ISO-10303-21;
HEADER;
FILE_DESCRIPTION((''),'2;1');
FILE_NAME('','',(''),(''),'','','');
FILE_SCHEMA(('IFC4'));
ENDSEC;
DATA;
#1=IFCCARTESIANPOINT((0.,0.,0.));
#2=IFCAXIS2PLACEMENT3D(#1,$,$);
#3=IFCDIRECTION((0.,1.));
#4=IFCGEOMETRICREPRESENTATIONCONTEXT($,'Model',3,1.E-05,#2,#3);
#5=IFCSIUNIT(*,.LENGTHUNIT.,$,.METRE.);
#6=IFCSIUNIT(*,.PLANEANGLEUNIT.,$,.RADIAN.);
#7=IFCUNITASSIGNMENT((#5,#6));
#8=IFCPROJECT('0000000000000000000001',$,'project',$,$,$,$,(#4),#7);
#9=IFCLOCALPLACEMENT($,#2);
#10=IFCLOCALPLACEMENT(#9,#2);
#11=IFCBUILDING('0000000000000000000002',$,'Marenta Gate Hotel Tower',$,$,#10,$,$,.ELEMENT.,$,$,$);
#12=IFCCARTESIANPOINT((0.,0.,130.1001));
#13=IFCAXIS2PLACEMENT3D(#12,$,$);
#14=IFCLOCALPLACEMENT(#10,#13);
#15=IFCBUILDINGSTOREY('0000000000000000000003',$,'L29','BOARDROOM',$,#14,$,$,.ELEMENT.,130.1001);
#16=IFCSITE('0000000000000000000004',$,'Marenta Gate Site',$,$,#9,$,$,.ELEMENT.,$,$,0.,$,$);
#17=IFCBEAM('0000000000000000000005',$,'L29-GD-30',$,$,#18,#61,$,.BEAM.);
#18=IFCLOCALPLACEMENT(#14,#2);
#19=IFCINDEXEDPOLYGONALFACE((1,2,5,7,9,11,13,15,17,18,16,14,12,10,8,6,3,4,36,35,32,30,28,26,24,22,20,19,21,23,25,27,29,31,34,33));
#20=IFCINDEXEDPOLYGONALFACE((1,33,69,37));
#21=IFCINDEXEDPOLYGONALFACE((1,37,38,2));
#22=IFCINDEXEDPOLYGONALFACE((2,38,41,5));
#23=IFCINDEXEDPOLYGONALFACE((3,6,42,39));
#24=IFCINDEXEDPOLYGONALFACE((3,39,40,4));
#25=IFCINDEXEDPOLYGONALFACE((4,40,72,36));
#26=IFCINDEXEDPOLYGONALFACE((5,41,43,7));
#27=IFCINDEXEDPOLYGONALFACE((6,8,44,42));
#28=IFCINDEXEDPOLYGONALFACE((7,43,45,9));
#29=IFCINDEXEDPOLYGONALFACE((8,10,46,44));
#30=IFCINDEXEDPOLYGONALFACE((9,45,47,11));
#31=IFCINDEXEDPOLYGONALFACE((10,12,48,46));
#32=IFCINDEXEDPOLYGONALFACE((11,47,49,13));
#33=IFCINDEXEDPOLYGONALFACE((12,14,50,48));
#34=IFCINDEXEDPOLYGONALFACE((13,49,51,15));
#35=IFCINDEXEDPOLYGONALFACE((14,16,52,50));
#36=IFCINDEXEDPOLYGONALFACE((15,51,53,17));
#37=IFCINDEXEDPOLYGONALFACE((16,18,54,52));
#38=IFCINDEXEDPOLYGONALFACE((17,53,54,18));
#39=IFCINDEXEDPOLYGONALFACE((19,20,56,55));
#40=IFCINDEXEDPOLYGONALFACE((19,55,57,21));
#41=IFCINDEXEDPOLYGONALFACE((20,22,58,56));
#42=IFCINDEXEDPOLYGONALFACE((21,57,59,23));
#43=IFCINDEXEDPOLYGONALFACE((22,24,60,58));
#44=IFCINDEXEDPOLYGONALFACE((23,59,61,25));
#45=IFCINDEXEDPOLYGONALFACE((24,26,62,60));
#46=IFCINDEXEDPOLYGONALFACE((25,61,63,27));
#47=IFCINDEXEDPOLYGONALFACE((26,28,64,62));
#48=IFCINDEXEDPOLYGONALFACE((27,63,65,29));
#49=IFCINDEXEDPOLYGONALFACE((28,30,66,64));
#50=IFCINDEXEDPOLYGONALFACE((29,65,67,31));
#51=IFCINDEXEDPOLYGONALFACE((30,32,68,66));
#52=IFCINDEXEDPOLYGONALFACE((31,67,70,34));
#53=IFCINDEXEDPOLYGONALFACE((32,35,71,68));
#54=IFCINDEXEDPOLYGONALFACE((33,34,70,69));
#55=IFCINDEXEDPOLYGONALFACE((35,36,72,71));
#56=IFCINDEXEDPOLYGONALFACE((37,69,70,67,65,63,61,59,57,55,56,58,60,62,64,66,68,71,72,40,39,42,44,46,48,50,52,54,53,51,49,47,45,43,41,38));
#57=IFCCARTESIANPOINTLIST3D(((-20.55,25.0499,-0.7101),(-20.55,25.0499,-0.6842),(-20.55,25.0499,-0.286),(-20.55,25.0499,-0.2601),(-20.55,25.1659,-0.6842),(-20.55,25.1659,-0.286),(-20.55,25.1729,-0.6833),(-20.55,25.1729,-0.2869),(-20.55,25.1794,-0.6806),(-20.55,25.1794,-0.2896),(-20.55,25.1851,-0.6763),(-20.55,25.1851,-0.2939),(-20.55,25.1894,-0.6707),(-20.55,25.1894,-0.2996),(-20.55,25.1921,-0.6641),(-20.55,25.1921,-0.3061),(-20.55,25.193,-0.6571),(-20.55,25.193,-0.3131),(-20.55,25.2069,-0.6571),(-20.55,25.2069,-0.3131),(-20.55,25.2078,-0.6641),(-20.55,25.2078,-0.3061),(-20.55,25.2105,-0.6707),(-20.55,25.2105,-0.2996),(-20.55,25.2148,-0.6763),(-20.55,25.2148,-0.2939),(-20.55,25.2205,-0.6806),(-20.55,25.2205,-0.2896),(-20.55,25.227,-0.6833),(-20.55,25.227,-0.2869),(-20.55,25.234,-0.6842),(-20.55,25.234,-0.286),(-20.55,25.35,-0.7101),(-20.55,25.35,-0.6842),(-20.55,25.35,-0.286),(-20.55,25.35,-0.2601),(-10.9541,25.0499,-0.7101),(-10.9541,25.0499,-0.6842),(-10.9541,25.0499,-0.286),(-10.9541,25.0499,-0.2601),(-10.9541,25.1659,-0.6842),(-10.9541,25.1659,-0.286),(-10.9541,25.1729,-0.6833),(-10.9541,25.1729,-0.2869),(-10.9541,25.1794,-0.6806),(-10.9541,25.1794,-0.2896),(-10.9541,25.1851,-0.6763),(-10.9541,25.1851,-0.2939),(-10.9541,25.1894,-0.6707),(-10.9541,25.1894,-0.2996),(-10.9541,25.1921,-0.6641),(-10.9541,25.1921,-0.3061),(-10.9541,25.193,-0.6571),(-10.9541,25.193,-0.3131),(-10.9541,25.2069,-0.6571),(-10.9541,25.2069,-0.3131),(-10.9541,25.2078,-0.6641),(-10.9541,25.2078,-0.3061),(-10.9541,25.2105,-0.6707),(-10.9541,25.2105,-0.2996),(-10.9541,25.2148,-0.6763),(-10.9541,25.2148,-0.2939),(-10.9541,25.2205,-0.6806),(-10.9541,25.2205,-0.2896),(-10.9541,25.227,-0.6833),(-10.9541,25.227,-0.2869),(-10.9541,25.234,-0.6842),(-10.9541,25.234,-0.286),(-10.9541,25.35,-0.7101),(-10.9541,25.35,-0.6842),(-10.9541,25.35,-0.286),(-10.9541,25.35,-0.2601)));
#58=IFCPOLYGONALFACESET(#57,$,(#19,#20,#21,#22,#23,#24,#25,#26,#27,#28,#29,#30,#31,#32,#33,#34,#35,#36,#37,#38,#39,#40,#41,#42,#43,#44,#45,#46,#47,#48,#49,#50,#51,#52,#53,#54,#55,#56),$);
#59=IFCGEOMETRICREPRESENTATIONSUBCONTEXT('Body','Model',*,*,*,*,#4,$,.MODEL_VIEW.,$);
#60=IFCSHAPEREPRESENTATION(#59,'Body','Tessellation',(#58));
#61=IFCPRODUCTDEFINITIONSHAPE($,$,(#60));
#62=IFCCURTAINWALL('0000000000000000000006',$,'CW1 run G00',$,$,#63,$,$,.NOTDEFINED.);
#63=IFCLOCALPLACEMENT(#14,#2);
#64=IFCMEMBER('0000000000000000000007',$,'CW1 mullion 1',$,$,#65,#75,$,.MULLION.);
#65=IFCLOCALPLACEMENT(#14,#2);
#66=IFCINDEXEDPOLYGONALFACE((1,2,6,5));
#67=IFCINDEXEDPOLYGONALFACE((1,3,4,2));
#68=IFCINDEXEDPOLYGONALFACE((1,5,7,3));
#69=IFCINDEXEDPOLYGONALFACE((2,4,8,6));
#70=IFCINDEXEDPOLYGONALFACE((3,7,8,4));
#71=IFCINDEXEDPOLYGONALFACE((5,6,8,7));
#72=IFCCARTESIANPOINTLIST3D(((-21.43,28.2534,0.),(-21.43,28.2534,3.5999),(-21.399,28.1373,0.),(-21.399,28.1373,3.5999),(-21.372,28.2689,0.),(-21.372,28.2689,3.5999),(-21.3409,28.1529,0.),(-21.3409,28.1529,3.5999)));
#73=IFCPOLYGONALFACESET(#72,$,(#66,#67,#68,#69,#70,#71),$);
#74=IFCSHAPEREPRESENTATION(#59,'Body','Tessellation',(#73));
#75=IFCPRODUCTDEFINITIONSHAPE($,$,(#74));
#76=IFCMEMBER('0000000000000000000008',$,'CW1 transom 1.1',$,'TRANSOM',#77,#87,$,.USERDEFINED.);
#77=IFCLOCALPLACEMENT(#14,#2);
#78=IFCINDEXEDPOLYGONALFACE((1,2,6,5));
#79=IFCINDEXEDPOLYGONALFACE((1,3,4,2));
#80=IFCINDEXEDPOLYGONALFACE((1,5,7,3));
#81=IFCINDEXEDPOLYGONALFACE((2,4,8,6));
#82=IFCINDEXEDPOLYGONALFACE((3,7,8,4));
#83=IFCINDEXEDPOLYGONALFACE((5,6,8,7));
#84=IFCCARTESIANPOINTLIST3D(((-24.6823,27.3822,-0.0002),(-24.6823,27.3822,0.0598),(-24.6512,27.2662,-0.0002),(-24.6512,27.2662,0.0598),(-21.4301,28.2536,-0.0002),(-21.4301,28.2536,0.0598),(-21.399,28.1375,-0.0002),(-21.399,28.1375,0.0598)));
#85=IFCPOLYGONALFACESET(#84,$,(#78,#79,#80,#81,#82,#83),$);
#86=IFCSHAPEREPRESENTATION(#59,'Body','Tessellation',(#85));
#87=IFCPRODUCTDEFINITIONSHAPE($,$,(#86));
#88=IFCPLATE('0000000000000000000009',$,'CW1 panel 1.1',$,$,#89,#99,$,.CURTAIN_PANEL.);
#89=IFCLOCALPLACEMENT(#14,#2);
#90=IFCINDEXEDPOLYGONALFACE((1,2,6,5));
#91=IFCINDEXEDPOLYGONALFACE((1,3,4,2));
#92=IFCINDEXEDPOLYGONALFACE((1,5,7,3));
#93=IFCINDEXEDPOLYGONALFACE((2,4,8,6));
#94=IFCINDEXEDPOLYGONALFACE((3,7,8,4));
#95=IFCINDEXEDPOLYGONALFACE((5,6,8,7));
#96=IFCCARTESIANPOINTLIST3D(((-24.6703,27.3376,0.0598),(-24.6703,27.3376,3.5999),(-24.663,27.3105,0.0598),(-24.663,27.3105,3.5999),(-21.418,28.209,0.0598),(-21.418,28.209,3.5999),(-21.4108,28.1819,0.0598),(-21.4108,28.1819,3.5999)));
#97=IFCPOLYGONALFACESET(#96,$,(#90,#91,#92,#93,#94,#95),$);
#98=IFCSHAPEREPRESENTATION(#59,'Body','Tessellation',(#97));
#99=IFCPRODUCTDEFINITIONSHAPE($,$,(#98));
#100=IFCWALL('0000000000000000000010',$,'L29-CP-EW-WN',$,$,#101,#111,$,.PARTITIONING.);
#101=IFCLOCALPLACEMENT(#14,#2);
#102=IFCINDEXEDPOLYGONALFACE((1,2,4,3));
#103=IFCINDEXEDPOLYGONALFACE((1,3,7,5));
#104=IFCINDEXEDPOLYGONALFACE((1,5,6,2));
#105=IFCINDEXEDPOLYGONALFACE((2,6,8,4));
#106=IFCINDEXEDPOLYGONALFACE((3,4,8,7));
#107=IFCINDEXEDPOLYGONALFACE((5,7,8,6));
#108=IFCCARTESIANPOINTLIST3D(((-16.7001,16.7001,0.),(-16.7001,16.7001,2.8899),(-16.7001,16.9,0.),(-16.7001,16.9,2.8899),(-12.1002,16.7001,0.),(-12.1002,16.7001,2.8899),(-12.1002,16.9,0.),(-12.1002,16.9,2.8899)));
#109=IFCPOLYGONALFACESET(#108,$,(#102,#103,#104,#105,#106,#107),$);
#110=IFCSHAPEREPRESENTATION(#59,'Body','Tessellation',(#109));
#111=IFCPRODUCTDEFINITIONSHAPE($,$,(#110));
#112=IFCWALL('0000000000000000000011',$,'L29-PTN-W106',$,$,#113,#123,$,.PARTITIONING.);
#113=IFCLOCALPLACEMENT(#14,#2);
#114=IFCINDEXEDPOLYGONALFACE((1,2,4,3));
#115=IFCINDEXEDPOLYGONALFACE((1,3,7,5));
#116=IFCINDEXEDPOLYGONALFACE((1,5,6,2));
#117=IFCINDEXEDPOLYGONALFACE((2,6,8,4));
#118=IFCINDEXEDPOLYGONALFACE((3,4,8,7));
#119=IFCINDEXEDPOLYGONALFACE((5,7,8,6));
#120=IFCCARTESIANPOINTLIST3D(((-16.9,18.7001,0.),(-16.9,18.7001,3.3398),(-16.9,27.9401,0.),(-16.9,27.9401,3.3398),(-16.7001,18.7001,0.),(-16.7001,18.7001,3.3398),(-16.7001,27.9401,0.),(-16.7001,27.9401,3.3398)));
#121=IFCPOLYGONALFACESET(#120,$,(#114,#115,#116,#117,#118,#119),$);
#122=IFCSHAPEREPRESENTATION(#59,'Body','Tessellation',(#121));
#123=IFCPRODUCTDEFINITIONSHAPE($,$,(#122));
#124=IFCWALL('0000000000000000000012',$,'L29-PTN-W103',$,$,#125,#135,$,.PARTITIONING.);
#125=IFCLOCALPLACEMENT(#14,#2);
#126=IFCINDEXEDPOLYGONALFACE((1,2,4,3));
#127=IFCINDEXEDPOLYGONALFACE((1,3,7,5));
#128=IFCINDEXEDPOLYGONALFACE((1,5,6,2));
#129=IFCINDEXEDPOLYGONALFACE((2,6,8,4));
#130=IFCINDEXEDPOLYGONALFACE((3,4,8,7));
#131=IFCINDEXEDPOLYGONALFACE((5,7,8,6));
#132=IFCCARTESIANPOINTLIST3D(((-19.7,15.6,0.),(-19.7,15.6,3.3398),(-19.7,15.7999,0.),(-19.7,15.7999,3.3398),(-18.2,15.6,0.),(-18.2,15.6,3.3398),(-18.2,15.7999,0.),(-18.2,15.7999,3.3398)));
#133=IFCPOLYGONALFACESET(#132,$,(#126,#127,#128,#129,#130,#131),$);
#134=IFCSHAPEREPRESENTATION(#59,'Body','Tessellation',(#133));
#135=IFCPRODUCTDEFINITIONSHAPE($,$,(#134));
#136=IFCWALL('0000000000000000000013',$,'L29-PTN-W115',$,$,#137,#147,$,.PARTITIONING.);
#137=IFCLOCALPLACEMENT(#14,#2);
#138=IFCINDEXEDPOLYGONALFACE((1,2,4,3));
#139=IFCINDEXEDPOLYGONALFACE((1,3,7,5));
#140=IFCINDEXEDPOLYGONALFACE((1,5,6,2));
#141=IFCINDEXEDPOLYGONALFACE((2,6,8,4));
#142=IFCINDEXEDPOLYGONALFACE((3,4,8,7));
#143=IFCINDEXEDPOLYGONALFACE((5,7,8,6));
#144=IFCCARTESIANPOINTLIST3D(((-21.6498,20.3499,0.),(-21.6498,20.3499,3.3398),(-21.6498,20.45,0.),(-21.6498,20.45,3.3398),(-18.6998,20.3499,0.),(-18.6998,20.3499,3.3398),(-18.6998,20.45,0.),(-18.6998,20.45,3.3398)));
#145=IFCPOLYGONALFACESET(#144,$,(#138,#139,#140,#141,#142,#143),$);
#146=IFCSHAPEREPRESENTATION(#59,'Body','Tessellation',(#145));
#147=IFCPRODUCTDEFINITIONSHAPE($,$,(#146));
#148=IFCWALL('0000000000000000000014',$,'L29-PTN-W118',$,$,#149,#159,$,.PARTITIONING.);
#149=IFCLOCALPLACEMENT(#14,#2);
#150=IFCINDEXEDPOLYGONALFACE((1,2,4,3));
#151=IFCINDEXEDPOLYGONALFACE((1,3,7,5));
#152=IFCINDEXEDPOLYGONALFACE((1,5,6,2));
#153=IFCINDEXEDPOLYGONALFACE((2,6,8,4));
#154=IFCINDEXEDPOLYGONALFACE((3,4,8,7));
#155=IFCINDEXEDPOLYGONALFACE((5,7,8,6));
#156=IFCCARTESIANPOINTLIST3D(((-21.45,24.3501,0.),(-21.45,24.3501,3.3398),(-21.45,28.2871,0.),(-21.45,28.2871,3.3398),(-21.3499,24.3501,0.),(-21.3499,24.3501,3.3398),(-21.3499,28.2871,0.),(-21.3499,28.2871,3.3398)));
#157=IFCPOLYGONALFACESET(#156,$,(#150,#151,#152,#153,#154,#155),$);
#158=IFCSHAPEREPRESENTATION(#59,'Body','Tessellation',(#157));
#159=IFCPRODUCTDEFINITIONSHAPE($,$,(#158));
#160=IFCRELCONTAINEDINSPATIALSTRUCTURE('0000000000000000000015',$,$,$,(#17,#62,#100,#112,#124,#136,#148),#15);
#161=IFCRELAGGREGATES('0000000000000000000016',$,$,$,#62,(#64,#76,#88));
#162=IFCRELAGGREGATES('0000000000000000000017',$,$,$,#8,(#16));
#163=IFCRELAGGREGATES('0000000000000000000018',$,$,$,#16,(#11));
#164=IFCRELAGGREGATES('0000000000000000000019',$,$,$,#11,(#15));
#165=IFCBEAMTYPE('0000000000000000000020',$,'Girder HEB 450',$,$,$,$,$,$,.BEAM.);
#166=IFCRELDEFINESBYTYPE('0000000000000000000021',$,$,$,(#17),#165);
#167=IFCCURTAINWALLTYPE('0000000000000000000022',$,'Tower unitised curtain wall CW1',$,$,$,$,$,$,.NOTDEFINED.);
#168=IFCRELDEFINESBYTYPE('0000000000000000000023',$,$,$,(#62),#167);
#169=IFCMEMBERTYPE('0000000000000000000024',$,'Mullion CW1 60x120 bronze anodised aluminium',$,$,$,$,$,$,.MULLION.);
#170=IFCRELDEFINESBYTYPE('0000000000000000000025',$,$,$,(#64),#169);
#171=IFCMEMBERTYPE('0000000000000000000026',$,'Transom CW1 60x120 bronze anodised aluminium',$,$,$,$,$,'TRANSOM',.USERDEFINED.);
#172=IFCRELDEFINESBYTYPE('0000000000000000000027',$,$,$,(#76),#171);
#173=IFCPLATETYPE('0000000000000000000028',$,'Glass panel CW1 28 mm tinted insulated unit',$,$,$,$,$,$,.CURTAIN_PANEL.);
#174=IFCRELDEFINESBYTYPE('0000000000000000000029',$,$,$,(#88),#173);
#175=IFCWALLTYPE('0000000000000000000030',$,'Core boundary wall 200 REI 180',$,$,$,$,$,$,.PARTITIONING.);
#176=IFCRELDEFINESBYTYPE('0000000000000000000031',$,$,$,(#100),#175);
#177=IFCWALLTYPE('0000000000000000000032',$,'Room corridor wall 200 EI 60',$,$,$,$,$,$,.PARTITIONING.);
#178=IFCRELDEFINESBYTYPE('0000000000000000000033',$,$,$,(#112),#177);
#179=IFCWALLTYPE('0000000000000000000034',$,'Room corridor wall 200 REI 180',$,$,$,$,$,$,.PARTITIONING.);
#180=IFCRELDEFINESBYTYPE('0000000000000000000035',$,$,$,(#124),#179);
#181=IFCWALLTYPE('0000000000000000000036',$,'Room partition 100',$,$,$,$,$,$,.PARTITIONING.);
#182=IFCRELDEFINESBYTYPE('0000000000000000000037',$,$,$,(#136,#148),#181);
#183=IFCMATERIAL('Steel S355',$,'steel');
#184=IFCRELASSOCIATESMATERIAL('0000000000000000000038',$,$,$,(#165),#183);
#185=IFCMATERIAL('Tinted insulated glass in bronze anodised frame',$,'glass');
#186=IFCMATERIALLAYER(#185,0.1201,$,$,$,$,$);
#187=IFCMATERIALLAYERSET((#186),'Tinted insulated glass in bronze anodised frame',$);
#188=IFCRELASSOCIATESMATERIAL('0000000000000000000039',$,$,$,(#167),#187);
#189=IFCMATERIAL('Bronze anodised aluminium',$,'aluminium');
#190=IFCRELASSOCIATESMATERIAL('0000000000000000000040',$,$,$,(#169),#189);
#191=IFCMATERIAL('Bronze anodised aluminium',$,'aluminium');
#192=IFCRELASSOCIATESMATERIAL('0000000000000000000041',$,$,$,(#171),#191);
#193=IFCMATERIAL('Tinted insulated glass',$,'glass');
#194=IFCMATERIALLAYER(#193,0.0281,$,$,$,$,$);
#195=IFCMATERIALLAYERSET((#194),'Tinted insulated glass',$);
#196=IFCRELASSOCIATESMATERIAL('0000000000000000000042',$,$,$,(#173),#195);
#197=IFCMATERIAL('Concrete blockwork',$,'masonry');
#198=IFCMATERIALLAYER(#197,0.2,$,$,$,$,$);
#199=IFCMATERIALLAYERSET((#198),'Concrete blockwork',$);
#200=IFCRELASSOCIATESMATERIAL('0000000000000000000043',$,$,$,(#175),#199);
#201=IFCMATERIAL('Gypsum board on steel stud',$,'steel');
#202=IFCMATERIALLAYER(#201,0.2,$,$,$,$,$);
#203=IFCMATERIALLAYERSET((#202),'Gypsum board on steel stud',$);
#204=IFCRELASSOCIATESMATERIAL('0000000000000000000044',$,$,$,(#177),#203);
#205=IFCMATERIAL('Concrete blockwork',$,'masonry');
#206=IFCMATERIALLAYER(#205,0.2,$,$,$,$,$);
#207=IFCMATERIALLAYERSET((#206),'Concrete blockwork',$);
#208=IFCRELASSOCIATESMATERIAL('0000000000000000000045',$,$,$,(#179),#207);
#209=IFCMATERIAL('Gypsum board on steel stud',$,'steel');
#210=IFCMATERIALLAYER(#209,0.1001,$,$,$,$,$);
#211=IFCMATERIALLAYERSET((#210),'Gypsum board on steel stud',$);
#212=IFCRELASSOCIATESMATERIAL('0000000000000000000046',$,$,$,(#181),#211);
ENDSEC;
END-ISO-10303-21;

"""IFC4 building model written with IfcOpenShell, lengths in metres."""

from ifc_helpers import new_model, si_unit, direction, frame, frame_2d, origin, origin_2d, place, context, subcontext, project, spatial, rectangle, i_section, extrude, material, layer, layer_set, material_profile, profile_set, type_object, element, aggregate, save


model = new_model("IFC4")

# Units and contexts
model_context = context("Model", 3, precision=1e-05, world=origin(), true_north=direction((0.0, 1.0)))
body_context = subcontext(model_context, "Body", "Model", "MODEL_VIEW")
ifc_project = project(units=[si_unit("LENGTHUNIT", "METRE"), si_unit("PLANEANGLEUNIT", "RADIAN")], contexts=[model_context])

# Site, building, storey
site_placement = place(None, origin())
site = spatial("IfcSite", under=ifc_project, at=site_placement, Name="Marenta Gate Site", CompositionType="ELEMENT", RefElevation=0.0)
building_placement = place(site_placement, origin())
building = spatial("IfcBuilding", under=site, at=building_placement, Name="Marenta Gate Hotel Tower", CompositionType="ELEMENT")
storey_placement = place(building_placement, frame((0.0, 0.0, 130.1001)))
storey = spatial("IfcBuildingStorey", under=building, at=storey_placement, Name="L29", Description="BOARDROOM", CompositionType="ELEMENT", Elevation=130.1001)

# Beam
ifc_material_1 = material(Name="Steel S355", Category="steel")
ifc_material_profile_1 = material_profile(ifc_material_1, i_section(OverallWidth=0.3, OverallDepth=0.45, WebThickness=0.0139, FlangeThickness=0.0259, FilletRadius=0.0271, at=origin_2d()), Name="HEB 450")
ifc_profile_set_1 = profile_set([ifc_material_profile_1], Name="Steel S355")
beam_type_1 = type_object("IfcBeamType", Name="Girder HEB 450", PredefinedType="BEAM", material=ifc_profile_set_1)
beam_1_placement = place(storey_placement, frame((-20.55, 25.2, -0.4851), z_axis=(1.0, 0.0, 0.0), x_axis=(0.0, 1.0, 0.0)))
element("IfcBeam", 1, at=beam_1_placement, inside=storey, type_object=beam_type_1, Name="L29-GD-30", PredefinedType="BEAM", context=body_context, shape_type="SweptSolid", body=[
    extrude(i_section(OverallWidth=0.3, OverallDepth=0.45, WebThickness=0.0139, FlangeThickness=0.0259, FilletRadius=0.0271, at=origin_2d()), origin(), (0.0, 0.0, 1.0), 9.5959),
])

# Curtain wall, members, plate
ifc_material_2 = material(Name="Tinted insulated glass in bronze anodised frame", Category="glass")
ifc_layer_1 = layer(ifc_material_2, 0.1201)
ifc_layer_set_1 = layer_set([ifc_layer_1], Name="Tinted insulated glass in bronze anodised frame")
curtain_wall_type = type_object("IfcCurtainWallType", Name="Tower unitised curtain wall CW1", PredefinedType="NOTDEFINED", material=ifc_layer_set_1)
curtain_wall_placement = place(storey_placement, origin())
curtain_wall = element("IfcCurtainWall", 2, at=curtain_wall_placement, inside=storey, type_object=curtain_wall_type, Name="CW1 run G00", PredefinedType="NOTDEFINED")
ifc_material_3 = material(Name="Bronze anodised aluminium", Category="aluminium")
ifc_material_profile_2 = material_profile(ifc_material_3, rectangle(XDim=0.1201, YDim=0.0601, at=origin_2d()), Name="Mullion CW1 60x120 bronze anodised aluminium")
ifc_profile_set_2 = profile_set([ifc_material_profile_2], Name="Bronze anodised aluminium")
member_type_1 = type_object("IfcMemberType", Name="Mullion CW1 60x120 bronze anodised aluminium", PredefinedType="MULLION", material=ifc_profile_set_2)
member_1_placement = place(storey_placement, frame((-21.3855, 28.2031, 0.0), z_axis=(0.0, 0.0, 1.0), x_axis=(0.258801, -0.965931, 0.0)))
member_1 = element("IfcMember", 3, at=member_1_placement, type_object=member_type_1, Name="CW1 mullion 1", PredefinedType="MULLION", context=body_context, shape_type="SweptSolid", body=[
    extrude(rectangle(XDim=0.1201, YDim=0.0601, at=origin_2d()), origin(), (0.0, 0.0, 1.0), 3.5999),
])
ifc_material_4 = material(Name="Bronze anodised aluminium", Category="aluminium")
ifc_material_profile_3 = material_profile(ifc_material_4, rectangle(XDim=0.1201, YDim=0.0601, at=origin_2d()), Name="Transom CW1 60x120 bronze anodised aluminium")
ifc_profile_set_3 = profile_set([ifc_material_profile_3], Name="Bronze anodised aluminium")
member_type_2 = type_object("IfcMemberType", Name="Transom CW1 60x120 bronze anodised aluminium", ElementType="TRANSOM", PredefinedType="USERDEFINED", material=ifc_profile_set_3)
member_2_placement = place(storey_placement, frame((-21.4146, 28.1956, 0.0298), z_axis=(-0.965932, -0.258795, 0.0), x_axis=(0.258795, -0.965932, 0.0)))
member_2 = element("IfcMember", 4, at=member_2_placement, type_object=member_type_2, Name="CW1 transom 1.1", ObjectType="TRANSOM", PredefinedType="USERDEFINED", context=body_context, shape_type="SweptSolid", body=[
    extrude(rectangle(XDim=0.1201, YDim=0.0601, at=origin_2d()), origin(), (0.0, 0.0, 1.0), 3.3669),
])
ifc_material_5 = material(Name="Tinted insulated glass", Category="glass")
ifc_layer_2 = layer(ifc_material_5, 0.0281)
ifc_layer_set_2 = layer_set([ifc_layer_2], Name="Tinted insulated glass")
plate_type = type_object("IfcPlateType", Name="Glass panel CW1 28 mm tinted insulated unit", PredefinedType="CURTAIN_PANEL", material=ifc_layer_set_2)
plate_placement = place(storey_placement, frame((-23.0405, 27.7598, 0.0598), z_axis=(0.0, 0.0, 1.0), x_axis=(-0.965931, -0.258801, 0.0)))
plate = element("IfcPlate", 5, at=plate_placement, type_object=plate_type, Name="CW1 panel 1.1", PredefinedType="CURTAIN_PANEL", context=body_context, shape_type="SweptSolid", body=[
    extrude(rectangle(XDim=3.3669, YDim=0.0281, at=origin_2d()), origin(), (0.0, 0.0, 1.0), 3.54),
])
aggregate(curtain_wall, [member_1, member_2, plate])

# Walls
ifc_material_6 = material(Name="Concrete blockwork", Category="masonry")
ifc_layer_3 = layer(ifc_material_6, 0.2)
ifc_layer_set_3 = layer_set([ifc_layer_3], Name="Concrete blockwork")
wall_type_1 = type_object("IfcWallType", Name="Core boundary wall 200 REI 180", PredefinedType="PARTITIONING", material=ifc_layer_set_3)
wall_1_placement = place(storey_placement, frame((-16.7, 16.8, 0.0), z_axis=(0.0, 0.0, 1.0), x_axis=(1.0, 0.0, 0.0)))
element("IfcWall", 6, at=wall_1_placement, inside=storey, type_object=wall_type_1, Name="L29-CP-EW-WN", PredefinedType="PARTITIONING", context=body_context, shape_type="SweptSolid", body=[
    extrude(rectangle(XDim=4.5999, YDim=0.2, at=frame_2d((2.2998, 0.0))), origin(), (0.0, 0.0, 1.0), 2.8899),
])
ifc_material_7 = material(Name="Gypsum board on steel stud", Category="steel")
ifc_layer_4 = layer(ifc_material_7, 0.2)
ifc_layer_set_4 = layer_set([ifc_layer_4], Name="Gypsum board on steel stud")
wall_type_2 = type_object("IfcWallType", Name="Room corridor wall 200 EI 60", PredefinedType="PARTITIONING", material=ifc_layer_set_4)
wall_2_placement = place(storey_placement, frame((-16.8, 18.7, 0.0), z_axis=(0.0, 0.0, 1.0), x_axis=(0.0, 1.0, 0.0)))
element("IfcWall", 7, at=wall_2_placement, inside=storey, type_object=wall_type_2, Name="L29-PTN-W106", PredefinedType="PARTITIONING", context=body_context, shape_type="SweptSolid", body=[
    extrude(rectangle(XDim=9.24, YDim=0.2, at=frame_2d((4.6201, 0.0))), origin(), (0.0, 0.0, 1.0), 3.3398),
])

# Walls
ifc_material_8 = material(Name="Concrete blockwork", Category="masonry")
ifc_layer_5 = layer(ifc_material_8, 0.2)
ifc_layer_set_5 = layer_set([ifc_layer_5], Name="Concrete blockwork")
wall_type_3 = type_object("IfcWallType", Name="Room corridor wall 200 REI 180", PredefinedType="PARTITIONING", material=ifc_layer_set_5)
wall_3_placement = place(storey_placement, frame((-19.7, 15.7, 0.0), z_axis=(0.0, 0.0, 1.0), x_axis=(1.0, 0.0, 0.0)))
element("IfcWall", 8, at=wall_3_placement, inside=storey, type_object=wall_type_3, Name="L29-PTN-W103", PredefinedType="PARTITIONING", context=body_context, shape_type="SweptSolid", body=[
    extrude(rectangle(XDim=1.5, YDim=0.2, at=frame_2d((0.75, 0.0))), origin(), (0.0, 0.0, 1.0), 3.3398),
])
ifc_material_9 = material(Name="Gypsum board on steel stud", Category="steel")
ifc_layer_6 = layer(ifc_material_9, 0.1001)
ifc_layer_set_6 = layer_set([ifc_layer_6], Name="Gypsum board on steel stud")
wall_type_4 = type_object("IfcWallType", Name="Room partition 100", PredefinedType="PARTITIONING", material=ifc_layer_set_6)
wall_4_placement = place(storey_placement, frame((-21.6499, 20.3999, 0.0), z_axis=(0.0, 0.0, 1.0), x_axis=(1.0, 0.0, 0.0)))
element("IfcWall", 9, at=wall_4_placement, inside=storey, type_object=wall_type_4, Name="L29-PTN-W115", PredefinedType="PARTITIONING", context=body_context, shape_type="SweptSolid", body=[
    extrude(rectangle(XDim=2.95, YDim=0.1001, at=frame_2d((1.4751, 0.0))), origin(), (0.0, 0.0, 1.0), 3.3398),
])
wall_5_placement = place(storey_placement, frame((-21.3999, 24.3501, 0.0), z_axis=(0.0, 0.0, 1.0), x_axis=(0.0, 1.0, 0.0)))
element("IfcWall", 10, at=wall_5_placement, inside=storey, type_object=wall_type_4, Name="L29-PTN-W118", PredefinedType="PARTITIONING", context=body_context, shape_type="SweptSolid", body=[
    extrude(rectangle(XDim=3.937, YDim=0.1001, at=frame_2d((1.9685, 0.0))), origin(), (0.0, 0.0, 1.0), 3.3398),
])

save(model, "model.ifc")
